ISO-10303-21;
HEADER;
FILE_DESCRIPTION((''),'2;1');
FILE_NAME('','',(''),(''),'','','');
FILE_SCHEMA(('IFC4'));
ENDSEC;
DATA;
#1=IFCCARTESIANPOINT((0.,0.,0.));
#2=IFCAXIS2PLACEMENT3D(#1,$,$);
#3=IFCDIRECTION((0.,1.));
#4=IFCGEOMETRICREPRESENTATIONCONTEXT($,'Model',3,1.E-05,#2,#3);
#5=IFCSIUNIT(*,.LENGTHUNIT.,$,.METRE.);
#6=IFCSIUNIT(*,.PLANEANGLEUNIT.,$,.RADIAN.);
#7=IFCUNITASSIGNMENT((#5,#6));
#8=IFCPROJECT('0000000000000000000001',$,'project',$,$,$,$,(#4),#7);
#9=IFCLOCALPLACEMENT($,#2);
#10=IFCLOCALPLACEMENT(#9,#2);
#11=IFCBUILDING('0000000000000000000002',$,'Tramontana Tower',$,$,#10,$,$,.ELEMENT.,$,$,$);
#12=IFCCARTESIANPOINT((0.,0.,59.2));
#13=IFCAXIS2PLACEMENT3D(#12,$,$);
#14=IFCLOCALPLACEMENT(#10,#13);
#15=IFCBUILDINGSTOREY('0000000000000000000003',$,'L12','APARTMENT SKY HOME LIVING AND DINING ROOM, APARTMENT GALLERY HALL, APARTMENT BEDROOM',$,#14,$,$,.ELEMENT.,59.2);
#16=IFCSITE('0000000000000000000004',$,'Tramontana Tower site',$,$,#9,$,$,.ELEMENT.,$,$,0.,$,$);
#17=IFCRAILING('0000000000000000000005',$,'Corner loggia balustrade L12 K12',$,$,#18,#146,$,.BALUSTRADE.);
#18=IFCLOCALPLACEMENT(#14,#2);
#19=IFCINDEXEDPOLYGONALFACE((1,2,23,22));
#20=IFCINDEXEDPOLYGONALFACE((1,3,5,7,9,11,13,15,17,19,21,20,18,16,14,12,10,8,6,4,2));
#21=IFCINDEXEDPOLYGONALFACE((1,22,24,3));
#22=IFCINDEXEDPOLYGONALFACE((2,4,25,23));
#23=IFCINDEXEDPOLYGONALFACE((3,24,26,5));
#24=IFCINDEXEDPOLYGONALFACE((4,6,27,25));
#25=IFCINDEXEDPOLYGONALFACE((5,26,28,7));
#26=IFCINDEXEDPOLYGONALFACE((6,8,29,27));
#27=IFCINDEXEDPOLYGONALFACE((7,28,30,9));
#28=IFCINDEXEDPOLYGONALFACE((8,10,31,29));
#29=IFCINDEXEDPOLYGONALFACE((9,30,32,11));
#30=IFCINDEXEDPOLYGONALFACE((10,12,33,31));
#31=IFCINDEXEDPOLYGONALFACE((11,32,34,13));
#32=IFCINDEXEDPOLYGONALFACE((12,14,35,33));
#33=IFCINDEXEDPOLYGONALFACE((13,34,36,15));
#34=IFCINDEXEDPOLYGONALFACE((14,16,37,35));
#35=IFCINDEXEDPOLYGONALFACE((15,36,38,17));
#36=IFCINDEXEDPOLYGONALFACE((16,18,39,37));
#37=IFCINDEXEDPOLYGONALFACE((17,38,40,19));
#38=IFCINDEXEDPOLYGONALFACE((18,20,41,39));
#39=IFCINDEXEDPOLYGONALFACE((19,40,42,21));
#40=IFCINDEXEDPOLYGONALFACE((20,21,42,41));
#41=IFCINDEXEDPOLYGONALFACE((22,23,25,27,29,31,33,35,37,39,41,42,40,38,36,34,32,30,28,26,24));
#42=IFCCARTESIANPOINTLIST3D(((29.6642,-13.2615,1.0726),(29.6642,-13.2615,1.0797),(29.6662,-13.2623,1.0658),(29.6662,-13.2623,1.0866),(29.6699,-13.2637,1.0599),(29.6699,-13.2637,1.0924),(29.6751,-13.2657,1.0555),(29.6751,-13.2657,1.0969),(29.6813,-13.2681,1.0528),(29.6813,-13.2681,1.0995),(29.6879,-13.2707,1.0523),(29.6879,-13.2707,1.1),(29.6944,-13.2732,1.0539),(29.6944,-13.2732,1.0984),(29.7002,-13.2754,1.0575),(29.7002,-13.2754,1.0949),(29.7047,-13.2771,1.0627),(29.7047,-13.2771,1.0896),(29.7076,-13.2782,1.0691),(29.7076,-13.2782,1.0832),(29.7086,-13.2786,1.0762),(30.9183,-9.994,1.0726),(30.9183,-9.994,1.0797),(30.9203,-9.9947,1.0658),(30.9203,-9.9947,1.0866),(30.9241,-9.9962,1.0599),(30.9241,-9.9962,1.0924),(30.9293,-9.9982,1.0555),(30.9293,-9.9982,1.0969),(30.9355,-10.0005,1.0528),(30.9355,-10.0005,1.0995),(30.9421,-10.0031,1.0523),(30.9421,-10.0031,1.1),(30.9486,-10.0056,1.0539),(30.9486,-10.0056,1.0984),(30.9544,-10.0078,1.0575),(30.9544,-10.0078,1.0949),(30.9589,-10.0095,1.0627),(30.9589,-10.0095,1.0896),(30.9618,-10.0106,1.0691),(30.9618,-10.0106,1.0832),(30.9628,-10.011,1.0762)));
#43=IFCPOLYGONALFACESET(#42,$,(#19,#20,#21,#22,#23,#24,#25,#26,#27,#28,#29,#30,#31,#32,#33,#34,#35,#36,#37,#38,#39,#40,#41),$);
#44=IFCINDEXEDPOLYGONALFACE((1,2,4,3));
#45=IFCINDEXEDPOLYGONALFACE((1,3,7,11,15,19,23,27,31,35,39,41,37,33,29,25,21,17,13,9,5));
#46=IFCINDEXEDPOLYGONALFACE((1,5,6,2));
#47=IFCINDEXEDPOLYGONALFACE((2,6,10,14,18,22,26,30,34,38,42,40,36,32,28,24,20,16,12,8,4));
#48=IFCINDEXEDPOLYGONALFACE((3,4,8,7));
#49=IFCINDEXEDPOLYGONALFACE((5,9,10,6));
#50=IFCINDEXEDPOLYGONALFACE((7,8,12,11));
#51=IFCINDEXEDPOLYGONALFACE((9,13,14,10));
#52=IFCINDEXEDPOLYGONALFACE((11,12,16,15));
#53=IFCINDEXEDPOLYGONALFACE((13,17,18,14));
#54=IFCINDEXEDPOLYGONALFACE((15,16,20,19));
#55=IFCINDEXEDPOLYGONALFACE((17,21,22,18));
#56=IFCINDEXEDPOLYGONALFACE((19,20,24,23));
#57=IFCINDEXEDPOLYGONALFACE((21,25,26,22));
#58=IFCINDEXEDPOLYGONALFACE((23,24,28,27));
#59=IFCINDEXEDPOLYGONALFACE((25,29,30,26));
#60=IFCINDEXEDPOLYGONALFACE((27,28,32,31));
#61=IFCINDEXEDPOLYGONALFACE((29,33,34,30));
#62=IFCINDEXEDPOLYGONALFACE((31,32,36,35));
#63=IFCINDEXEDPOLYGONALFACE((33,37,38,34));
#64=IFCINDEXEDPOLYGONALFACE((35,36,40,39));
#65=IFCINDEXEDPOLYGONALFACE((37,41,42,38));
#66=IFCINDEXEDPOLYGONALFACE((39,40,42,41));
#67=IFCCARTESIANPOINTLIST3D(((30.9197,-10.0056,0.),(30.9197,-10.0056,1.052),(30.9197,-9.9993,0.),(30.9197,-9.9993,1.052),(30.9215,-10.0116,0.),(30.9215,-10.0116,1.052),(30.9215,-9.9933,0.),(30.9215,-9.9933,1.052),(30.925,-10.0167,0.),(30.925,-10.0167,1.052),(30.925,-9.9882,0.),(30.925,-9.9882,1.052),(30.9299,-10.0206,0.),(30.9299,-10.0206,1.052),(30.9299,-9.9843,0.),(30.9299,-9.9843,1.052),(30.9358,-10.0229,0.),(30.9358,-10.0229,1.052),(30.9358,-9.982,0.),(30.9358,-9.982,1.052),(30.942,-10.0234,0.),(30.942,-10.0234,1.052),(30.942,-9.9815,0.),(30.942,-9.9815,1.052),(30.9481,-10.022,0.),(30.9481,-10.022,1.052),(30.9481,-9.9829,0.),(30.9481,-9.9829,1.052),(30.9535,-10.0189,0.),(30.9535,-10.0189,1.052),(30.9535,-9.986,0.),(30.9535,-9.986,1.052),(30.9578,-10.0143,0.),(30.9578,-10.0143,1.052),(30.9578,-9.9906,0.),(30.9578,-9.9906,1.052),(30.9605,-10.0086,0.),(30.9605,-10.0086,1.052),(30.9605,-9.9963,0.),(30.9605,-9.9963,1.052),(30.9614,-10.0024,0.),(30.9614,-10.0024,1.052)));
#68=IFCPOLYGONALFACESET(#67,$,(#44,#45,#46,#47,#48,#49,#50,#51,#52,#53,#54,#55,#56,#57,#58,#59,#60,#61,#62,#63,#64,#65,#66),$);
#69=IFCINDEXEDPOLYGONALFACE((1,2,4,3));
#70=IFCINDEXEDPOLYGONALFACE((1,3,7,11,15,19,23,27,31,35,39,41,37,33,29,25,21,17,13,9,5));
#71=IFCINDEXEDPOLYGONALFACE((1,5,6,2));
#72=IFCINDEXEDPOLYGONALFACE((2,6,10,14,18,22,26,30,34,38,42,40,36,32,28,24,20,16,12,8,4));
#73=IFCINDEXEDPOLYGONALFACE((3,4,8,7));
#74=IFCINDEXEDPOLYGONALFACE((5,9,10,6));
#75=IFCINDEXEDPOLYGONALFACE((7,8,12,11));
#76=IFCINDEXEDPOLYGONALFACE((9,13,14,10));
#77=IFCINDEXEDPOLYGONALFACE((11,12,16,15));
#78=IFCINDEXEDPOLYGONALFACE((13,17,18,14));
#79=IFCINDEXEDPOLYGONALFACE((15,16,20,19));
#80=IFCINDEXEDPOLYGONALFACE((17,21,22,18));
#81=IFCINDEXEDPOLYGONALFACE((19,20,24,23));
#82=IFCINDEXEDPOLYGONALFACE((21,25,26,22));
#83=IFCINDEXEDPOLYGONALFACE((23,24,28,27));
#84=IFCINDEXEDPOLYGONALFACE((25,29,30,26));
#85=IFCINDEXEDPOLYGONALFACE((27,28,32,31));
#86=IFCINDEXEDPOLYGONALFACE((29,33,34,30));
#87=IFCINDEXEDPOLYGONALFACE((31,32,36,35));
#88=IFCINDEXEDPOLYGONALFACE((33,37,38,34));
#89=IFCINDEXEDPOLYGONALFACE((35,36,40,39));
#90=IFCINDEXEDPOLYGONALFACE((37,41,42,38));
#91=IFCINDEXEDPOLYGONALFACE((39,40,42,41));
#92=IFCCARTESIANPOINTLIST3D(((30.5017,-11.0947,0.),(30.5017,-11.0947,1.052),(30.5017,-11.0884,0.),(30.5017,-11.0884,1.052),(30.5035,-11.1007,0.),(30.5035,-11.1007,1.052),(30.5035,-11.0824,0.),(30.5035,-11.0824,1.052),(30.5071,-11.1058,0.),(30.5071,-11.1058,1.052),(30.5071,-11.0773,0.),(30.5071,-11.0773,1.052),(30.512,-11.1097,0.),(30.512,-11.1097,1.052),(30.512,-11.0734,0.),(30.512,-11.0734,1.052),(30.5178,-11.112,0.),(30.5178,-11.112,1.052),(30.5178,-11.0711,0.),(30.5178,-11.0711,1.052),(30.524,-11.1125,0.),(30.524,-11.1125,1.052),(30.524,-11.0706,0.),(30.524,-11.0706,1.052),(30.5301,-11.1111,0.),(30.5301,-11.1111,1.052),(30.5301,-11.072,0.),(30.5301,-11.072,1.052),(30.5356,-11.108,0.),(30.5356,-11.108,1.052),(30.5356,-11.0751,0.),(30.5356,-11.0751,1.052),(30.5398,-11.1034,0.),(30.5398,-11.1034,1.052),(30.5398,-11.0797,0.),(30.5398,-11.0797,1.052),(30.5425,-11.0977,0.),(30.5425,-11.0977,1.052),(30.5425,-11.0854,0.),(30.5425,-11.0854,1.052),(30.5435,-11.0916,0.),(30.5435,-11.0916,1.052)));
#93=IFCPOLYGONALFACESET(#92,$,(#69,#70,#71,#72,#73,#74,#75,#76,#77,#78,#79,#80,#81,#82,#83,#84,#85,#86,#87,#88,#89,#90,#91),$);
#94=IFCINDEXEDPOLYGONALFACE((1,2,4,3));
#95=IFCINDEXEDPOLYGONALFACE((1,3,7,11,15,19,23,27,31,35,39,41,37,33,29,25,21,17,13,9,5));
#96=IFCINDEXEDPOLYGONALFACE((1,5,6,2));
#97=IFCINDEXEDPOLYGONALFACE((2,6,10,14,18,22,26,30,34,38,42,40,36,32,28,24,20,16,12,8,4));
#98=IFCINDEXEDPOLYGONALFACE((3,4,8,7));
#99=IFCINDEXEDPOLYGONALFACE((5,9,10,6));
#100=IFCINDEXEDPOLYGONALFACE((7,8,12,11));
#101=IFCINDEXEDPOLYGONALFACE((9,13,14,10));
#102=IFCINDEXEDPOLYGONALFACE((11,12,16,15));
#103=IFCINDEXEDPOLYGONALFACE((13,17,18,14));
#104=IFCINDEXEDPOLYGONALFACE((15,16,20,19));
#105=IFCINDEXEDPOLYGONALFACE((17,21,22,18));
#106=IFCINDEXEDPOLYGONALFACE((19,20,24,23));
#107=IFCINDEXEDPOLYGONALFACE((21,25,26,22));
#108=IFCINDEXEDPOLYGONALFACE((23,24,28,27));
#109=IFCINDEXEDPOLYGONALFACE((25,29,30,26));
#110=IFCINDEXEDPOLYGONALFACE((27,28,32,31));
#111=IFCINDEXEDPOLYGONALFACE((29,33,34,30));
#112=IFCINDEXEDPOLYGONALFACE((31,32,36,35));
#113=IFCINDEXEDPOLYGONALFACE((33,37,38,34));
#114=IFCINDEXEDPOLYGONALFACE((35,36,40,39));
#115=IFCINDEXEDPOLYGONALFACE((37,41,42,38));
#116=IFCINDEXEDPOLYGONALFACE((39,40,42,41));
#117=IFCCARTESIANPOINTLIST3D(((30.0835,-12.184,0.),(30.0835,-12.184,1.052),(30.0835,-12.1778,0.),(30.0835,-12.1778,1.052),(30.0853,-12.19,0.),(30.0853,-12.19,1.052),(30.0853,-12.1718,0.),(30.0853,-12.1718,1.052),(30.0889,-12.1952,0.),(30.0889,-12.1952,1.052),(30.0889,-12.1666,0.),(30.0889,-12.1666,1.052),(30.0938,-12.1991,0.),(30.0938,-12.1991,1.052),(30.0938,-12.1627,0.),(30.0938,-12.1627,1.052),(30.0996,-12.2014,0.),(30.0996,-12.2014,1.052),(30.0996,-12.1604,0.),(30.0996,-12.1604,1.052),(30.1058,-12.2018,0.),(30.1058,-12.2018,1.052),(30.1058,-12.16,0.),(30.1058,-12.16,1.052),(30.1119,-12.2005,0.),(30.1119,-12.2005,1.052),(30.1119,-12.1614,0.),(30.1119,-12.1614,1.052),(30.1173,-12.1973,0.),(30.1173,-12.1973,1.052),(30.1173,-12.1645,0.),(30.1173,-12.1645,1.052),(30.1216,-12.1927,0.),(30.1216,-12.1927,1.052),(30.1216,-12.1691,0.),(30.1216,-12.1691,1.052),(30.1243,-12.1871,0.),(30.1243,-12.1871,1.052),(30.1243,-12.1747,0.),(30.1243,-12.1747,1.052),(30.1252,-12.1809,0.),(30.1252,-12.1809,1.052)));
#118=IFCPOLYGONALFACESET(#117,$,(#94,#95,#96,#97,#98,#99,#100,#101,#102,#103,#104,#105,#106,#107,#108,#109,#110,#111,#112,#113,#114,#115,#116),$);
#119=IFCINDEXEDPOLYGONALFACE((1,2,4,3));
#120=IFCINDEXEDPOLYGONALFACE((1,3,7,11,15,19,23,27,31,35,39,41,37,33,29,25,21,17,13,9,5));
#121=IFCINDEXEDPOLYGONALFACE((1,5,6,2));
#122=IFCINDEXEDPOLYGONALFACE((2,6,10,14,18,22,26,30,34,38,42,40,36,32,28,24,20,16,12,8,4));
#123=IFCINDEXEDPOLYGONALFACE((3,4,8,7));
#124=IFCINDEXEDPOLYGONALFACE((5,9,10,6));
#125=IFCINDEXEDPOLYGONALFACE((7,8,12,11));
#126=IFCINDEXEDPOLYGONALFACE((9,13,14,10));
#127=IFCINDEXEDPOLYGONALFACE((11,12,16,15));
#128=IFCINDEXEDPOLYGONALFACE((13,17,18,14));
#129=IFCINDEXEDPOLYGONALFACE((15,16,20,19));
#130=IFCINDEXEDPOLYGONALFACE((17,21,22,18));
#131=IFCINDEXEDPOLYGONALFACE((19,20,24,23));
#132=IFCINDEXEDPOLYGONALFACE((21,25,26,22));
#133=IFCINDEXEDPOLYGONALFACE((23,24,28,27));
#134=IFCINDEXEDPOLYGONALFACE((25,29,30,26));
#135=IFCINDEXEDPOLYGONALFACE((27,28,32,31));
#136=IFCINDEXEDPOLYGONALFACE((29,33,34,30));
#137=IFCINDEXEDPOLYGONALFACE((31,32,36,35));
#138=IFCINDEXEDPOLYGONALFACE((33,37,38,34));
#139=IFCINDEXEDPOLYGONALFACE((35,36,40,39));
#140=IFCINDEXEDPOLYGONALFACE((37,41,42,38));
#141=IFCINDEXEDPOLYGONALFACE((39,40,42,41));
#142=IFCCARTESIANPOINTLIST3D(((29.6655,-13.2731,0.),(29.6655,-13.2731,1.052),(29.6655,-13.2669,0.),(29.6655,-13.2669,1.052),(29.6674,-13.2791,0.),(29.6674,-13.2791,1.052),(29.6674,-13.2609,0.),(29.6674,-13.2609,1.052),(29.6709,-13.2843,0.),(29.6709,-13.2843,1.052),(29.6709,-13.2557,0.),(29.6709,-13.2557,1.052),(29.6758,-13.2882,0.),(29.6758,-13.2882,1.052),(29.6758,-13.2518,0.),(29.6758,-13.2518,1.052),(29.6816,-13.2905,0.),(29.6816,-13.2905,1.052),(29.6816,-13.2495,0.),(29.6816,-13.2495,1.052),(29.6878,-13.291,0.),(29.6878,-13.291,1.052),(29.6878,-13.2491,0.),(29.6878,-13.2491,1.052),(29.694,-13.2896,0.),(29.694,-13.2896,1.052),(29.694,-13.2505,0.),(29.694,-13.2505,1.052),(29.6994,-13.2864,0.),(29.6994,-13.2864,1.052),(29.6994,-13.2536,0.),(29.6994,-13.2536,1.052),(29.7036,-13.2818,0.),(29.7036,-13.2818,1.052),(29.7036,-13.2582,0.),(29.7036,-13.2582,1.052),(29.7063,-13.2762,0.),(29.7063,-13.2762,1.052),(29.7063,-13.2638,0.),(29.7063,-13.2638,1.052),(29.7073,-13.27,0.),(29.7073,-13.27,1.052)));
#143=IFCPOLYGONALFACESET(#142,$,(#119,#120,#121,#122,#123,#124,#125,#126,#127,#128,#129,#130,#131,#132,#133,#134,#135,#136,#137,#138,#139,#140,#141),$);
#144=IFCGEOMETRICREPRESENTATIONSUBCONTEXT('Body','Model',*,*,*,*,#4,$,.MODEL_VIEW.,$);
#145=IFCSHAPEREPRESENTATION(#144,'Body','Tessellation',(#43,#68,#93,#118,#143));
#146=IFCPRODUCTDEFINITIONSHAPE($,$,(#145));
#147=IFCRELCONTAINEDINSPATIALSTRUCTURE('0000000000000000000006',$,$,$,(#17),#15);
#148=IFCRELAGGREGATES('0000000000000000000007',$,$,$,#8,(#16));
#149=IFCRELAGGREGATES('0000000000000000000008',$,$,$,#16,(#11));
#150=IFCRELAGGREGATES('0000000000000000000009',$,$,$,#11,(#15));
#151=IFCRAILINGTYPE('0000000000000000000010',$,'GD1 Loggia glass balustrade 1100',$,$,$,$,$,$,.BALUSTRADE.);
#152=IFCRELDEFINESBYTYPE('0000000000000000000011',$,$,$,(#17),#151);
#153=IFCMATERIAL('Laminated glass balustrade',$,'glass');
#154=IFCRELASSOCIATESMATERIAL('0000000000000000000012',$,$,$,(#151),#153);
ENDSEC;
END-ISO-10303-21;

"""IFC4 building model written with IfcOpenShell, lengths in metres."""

from ifc_helpers import new_model, si_unit, direction, frame, origin, origin_2d, place, context, subcontext, project, spatial, circle, extrude, material, type_object, element, save


model = new_model("IFC4")

# Units and contexts
model_context = context("Model", 3, precision=1e-05, world=origin(), true_north=direction((0.0, 1.0)))
body_context = subcontext(model_context, "Body", "Model", "MODEL_VIEW")
ifc_project = project(units=[si_unit("LENGTHUNIT", "METRE"), si_unit("PLANEANGLEUNIT", "RADIAN")], contexts=[model_context])

# Site, building, storey
site_placement = place(None, origin())
site = spatial("IfcSite", under=ifc_project, at=site_placement, Name="Tramontana Tower site", CompositionType="ELEMENT", RefElevation=0.0)
building_placement = place(site_placement, origin())
building = spatial("IfcBuilding", under=site, at=building_placement, Name="Tramontana Tower", CompositionType="ELEMENT")
storey_placement = place(building_placement, frame((0.0, 0.0, 59.2)))
storey = spatial("IfcBuildingStorey", under=building, at=storey_placement, Name="L12", Description="APARTMENT SKY HOME LIVING AND DINING ROOM, APARTMENT GALLERY HALL, APARTMENT BEDROOM", CompositionType="ELEMENT", Elevation=59.2)

# Railing
ifc_material_1 = material(Name="Laminated glass balustrade", Category="glass")
railing_type = type_object("IfcRailingType", Name="GD1 Loggia glass balustrade 1100", PredefinedType="BALUSTRADE", material=ifc_material_1)
railing_1_placement = place(storey_placement, frame((30.9404, -10.0024, 0.0)))
element("IfcRailing", 1, at=railing_1_placement, inside=storey, type_object=railing_type, Name="Corner loggia balustrade L12 K12", PredefinedType="BALUSTRADE", context=body_context, shape_type="SweptSolid", body=[
    extrude(circle(Radius=0.0239, at=origin_2d()), frame((0.0, 0.0, 1.0762), z_axis=(-0.358329, -0.933595, 0.0), x_axis=(0.933595, -0.358329, 0.0)), (0.0, 0.0, 1.0), 3.5),
    extrude(circle(Radius=0.021, at=origin_2d()), origin(), (0.0, 0.0, 1.0), 1.052),
    extrude(circle(Radius=0.021, at=origin_2d()), frame((-0.418, -1.0891, 0.0)), (0.0, 0.0, 1.0), 1.052),
    extrude(circle(Radius=0.021, at=origin_2d()), frame((-0.8362, -2.1785, 0.0)), (0.0, 0.0, 1.0), 1.052),
    extrude(circle(Radius=0.021, at=origin_2d()), frame((-1.2542, -3.2676, 0.0)), (0.0, 0.0, 1.0), 1.052),
])

save(model, "model.ifc")
